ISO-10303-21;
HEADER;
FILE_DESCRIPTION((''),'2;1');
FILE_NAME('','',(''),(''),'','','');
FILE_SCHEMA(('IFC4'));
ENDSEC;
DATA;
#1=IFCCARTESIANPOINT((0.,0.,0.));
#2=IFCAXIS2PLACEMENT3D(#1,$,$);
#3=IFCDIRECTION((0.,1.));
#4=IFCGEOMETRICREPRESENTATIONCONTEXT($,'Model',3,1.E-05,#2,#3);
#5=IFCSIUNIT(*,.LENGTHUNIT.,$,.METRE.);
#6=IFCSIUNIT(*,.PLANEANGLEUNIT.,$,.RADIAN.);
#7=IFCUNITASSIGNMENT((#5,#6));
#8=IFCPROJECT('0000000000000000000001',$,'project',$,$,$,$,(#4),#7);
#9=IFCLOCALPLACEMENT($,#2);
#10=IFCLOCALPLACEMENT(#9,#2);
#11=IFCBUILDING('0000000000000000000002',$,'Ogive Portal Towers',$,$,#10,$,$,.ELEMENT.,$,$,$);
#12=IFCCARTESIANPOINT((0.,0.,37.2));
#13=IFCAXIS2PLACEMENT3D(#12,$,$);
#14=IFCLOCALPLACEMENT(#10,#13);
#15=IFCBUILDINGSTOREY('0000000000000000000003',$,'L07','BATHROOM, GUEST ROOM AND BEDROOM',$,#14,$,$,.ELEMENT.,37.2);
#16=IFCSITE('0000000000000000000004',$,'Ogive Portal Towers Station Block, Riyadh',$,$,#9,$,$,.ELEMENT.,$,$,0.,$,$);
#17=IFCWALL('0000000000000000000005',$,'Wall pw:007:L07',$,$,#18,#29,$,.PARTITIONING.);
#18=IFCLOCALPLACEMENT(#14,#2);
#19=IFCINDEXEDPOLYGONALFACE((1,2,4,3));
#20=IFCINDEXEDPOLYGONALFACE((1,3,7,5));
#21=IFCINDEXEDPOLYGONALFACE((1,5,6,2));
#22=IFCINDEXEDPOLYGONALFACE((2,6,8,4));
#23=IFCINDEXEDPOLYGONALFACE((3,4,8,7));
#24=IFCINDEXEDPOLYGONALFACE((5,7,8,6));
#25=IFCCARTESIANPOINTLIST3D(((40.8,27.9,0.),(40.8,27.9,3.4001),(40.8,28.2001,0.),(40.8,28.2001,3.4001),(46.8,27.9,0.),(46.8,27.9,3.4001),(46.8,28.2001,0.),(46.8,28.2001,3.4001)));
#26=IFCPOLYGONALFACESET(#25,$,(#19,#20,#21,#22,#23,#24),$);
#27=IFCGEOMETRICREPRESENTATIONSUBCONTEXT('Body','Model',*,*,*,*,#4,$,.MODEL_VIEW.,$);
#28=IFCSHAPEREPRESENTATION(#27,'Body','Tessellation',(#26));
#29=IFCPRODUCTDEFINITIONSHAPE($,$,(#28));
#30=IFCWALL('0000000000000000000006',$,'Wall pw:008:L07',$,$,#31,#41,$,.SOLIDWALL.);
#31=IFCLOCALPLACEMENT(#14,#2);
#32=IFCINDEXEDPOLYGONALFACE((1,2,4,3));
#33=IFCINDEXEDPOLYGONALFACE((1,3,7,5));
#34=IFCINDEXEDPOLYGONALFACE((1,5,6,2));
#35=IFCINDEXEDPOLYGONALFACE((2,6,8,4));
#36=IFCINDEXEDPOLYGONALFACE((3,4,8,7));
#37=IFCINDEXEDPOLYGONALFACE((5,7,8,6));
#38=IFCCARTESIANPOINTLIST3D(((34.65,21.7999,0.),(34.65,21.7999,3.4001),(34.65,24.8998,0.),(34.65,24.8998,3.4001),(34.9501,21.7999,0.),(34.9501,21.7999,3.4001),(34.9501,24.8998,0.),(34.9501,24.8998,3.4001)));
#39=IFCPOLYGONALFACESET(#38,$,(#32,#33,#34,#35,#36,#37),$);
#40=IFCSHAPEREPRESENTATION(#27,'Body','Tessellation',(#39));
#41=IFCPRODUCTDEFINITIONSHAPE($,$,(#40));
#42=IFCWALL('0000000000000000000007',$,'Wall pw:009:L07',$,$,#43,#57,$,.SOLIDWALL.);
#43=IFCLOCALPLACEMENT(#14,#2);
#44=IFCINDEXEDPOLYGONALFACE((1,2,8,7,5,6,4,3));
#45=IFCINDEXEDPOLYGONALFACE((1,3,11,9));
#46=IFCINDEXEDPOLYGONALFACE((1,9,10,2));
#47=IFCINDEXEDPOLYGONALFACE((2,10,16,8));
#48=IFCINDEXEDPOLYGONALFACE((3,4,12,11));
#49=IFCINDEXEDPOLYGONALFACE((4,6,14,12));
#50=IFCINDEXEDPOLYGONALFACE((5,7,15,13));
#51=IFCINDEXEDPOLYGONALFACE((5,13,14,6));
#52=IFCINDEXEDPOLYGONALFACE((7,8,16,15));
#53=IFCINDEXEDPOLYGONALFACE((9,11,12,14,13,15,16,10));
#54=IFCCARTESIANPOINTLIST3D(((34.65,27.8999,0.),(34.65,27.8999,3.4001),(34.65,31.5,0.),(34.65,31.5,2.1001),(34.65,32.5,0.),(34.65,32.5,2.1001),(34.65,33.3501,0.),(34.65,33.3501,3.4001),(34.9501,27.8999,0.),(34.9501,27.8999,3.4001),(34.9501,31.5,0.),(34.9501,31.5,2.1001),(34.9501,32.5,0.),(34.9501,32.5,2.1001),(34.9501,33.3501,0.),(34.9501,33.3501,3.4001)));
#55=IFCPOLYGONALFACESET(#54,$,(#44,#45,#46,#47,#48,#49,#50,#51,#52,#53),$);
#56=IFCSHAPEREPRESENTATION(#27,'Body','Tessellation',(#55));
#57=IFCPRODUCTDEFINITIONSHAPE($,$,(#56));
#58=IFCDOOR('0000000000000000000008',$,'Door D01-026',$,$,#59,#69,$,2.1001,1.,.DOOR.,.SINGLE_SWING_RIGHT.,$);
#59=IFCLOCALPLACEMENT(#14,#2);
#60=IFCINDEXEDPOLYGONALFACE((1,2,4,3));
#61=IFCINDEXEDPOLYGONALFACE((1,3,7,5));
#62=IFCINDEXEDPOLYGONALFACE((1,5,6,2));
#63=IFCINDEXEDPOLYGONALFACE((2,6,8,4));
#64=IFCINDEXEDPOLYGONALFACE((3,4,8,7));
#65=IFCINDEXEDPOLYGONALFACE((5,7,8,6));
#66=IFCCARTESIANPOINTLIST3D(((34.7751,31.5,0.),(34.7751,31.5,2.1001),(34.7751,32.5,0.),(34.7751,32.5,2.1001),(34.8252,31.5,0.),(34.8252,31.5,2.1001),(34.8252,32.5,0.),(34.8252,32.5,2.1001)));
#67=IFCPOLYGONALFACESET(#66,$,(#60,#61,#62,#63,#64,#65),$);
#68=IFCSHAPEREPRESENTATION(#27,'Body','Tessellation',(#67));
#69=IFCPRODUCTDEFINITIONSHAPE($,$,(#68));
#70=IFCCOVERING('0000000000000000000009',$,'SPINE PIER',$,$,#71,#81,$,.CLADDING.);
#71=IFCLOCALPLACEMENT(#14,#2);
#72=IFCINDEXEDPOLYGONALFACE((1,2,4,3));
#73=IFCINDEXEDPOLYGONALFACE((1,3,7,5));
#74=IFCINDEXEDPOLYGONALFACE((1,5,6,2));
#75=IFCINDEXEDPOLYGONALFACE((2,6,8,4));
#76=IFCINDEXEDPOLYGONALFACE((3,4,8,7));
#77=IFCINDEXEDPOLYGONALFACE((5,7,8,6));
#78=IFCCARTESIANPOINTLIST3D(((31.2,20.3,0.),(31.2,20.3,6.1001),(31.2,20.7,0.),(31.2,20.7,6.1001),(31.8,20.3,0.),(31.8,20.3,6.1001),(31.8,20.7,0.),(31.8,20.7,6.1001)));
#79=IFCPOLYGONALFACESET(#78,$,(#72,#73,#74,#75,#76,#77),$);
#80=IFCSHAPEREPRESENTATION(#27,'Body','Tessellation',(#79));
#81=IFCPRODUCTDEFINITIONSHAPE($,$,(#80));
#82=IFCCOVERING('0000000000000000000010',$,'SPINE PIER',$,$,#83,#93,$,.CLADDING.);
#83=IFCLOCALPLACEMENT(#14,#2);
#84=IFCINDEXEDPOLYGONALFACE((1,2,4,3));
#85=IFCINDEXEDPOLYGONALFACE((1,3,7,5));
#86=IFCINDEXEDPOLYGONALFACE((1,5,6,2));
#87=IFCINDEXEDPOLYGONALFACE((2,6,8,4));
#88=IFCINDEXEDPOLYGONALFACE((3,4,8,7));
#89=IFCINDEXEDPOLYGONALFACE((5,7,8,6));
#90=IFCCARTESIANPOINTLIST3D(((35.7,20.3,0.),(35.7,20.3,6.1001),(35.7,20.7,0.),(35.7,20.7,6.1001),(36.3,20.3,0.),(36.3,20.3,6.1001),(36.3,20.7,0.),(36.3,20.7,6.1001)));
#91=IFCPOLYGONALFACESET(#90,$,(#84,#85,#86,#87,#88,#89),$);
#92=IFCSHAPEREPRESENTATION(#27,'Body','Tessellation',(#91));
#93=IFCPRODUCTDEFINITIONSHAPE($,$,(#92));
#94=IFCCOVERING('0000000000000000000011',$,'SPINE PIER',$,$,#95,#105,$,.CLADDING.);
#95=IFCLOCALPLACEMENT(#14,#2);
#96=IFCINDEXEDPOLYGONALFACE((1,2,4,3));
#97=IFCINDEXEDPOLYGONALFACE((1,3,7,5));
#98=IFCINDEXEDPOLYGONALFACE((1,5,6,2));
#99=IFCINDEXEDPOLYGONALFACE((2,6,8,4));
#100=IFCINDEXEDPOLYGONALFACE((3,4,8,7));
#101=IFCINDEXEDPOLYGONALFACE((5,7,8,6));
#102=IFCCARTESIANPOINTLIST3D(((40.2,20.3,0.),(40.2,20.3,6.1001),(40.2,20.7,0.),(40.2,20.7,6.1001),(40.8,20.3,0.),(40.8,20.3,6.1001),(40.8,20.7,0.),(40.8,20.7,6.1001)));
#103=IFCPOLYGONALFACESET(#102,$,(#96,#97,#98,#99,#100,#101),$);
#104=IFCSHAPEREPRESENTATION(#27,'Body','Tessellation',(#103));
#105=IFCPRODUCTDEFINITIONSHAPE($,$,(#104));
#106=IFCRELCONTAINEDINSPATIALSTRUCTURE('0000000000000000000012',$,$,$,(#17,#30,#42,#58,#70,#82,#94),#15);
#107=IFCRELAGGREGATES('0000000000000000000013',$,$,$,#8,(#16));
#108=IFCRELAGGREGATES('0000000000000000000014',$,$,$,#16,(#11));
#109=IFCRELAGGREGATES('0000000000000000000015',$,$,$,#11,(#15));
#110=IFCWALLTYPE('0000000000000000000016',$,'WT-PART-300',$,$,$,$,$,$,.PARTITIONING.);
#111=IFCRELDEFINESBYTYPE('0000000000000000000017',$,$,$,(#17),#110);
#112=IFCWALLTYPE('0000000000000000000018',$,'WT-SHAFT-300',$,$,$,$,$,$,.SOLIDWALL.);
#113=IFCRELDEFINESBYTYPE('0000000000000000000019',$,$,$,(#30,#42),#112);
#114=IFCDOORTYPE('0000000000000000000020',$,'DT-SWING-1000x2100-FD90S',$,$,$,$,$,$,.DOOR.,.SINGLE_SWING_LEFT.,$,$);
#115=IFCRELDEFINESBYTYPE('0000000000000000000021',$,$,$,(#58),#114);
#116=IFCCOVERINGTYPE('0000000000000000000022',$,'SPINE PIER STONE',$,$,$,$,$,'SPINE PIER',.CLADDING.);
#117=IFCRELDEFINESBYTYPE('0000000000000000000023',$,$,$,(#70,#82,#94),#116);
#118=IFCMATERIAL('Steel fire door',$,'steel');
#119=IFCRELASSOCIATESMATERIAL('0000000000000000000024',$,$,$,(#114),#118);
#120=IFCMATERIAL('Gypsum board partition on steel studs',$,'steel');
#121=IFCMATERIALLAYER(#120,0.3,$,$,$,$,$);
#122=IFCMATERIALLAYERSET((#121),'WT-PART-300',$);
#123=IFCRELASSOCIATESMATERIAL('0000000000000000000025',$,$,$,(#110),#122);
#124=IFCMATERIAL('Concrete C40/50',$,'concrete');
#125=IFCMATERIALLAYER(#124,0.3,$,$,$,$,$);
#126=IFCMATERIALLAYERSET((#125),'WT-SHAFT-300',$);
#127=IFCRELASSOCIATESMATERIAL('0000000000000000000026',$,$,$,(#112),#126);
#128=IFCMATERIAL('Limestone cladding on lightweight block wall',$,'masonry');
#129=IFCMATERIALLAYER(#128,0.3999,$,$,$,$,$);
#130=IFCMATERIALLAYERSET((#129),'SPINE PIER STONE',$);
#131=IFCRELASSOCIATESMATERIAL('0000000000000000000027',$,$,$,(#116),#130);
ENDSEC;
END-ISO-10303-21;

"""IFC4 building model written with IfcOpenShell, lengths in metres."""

from ifc_helpers import new_model, si_unit, direction, frame, frame_2d, origin, origin_2d, place, context, subcontext, project, spatial, rectangle, extrude, material, layer, layer_set, type_object, element, fill, save


model = new_model("IFC4")

# Units and contexts
model_context = context("Model", 3, precision=1e-05, world=origin(), true_north=direction((0.0, 1.0)))
body_context = subcontext(model_context, "Body", "Model", "MODEL_VIEW")
ifc_project = project(units=[si_unit("LENGTHUNIT", "METRE"), si_unit("PLANEANGLEUNIT", "RADIAN")], contexts=[model_context])

# Site, building, storey
site_placement = place(None, origin())
site = spatial("IfcSite", under=ifc_project, at=site_placement, Name="Ogive Portal Towers Station Block, Riyadh", CompositionType="ELEMENT", RefElevation=0.0)
building_placement = place(site_placement, origin())
building = spatial("IfcBuilding", under=site, at=building_placement, Name="Ogive Portal Towers", CompositionType="ELEMENT")
storey_placement = place(building_placement, frame((0.0, 0.0, 37.2)))
storey = spatial("IfcBuildingStorey", under=building, at=storey_placement, Name="L07", Description="BATHROOM, GUEST ROOM AND BEDROOM", CompositionType="ELEMENT", Elevation=37.2)

# Shared definitions
ifc_material_1 = material(Name="Steel fire door", Category="steel")
door_type_1 = type_object("IfcDoorType", Name="DT-SWING-1000x2100-FD90S", OperationType="SINGLE_SWING_LEFT", PredefinedType="DOOR", material=ifc_material_1)

# Shared definitions
ifc_material_2 = material(Name="Limestone cladding on lightweight block wall", Category="masonry")

# Shared definitions
ifc_material_3 = material(Name="Gypsum board partition on steel studs", Category="steel")
ifc_layer_1 = layer(ifc_material_3, 0.3)
ifc_layer_set_1 = layer_set([ifc_layer_1], Name="WT-PART-300")
wall_type_1 = type_object("IfcWallType", Name="WT-PART-300", PredefinedType="PARTITIONING", material=ifc_layer_set_1)

# Wall
wall_1_placement = place(storey_placement, frame((40.8, 28.05, 0.0), z_axis=(0.0, 0.0, 1.0), x_axis=(1.0, 0.0, 0.0)))
element("IfcWall", 1, at=wall_1_placement, inside=storey, type_object=wall_type_1, Name="Wall pw:007:L07", PredefinedType="PARTITIONING", context=body_context, shape_type="SweptSolid", body=[
    extrude(rectangle(XDim=6.0, YDim=0.3, at=frame_2d((3.0, 0.0))), origin(), (0.0, 0.0, 1.0), 3.4001),
])

# Shared definitions
ifc_material_4 = material(Name="Concrete C40/50", Category="concrete")
ifc_layer_2 = layer(ifc_material_4, 0.3)
ifc_layer_set_2 = layer_set([ifc_layer_2], Name="WT-SHAFT-300")
wall_type_2 = type_object("IfcWallType", Name="WT-SHAFT-300", PredefinedType="SOLIDWALL", material=ifc_layer_set_2)

# Wall
wall_2_placement = place(storey_placement, frame((34.8, 21.8, 0.0), z_axis=(0.0, 0.0, 1.0), x_axis=(0.0, 1.0, 0.0)))
element("IfcWall", 2, at=wall_2_placement, inside=storey, type_object=wall_type_2, Name="Wall pw:008:L07", PredefinedType="SOLIDWALL", context=body_context, shape_type="SweptSolid", body=[
    extrude(rectangle(XDim=3.0999, YDim=0.3, at=frame_2d((1.5498, 0.0))), origin(), (0.0, 0.0, 1.0), 3.4001),
])

# Wall, opening, door
wall_3_placement = place(storey_placement, frame((34.8, 27.8999, 0.0), z_axis=(0.0, 0.0, 1.0), x_axis=(0.0, 1.0, 0.0)))
wall_3 = element("IfcWall", 3, at=wall_3_placement, inside=storey, type_object=wall_type_2, Name="Wall pw:009:L07", PredefinedType="SOLIDWALL", context=body_context, shape_type="SweptSolid", body=[
    extrude(rectangle(XDim=5.4502, YDim=0.3, at=frame_2d((2.7251, 0.0))), origin(), (0.0, 0.0, 1.0), 3.4001),
])
opening_1_placement = place(wall_3_placement, frame((3.6001, 0.0, 0.0)))
opening_1 = element("IfcOpeningElement", 4, at=opening_1_placement, cuts=wall_3, PredefinedType="OPENING", context=body_context, shape_type="SweptSolid", body=[
    extrude(rectangle(XDim=1.0, YDim=2.1001, at=frame_2d((0.5, 1.05))), frame((0.0, 0.1602, 0.0), z_axis=(0.0, -1.0, 0.0), x_axis=(1.0, 0.0, 0.0)), (0.0, 0.0, 1.0), 0.3201),
])
door_1_placement = place(opening_1_placement, origin())
door_1 = element("IfcDoor", 5, at=door_1_placement, inside=storey, type_object=door_type_1, Name="Door D01-026", OperationType="SINGLE_SWING_RIGHT", OverallHeight=2.1001, OverallWidth=1.0, PredefinedType="DOOR", context=body_context, shape_type="SweptSolid", body=[
    extrude(rectangle(XDim=1.0, YDim=2.1001, at=frame_2d((0.5, 1.05))), frame((0.0, 0.0249, 0.0), z_axis=(0.0, -1.0, 0.0), x_axis=(1.0, 0.0, 0.0)), (0.0, 0.0, 1.0), 0.05),
])
fill(opening_1, door_1)

# Coverings
ifc_layer_3 = layer(ifc_material_2, 0.3999)
ifc_layer_set_3 = layer_set([ifc_layer_3], Name="SPINE PIER STONE")
covering_type = type_object("IfcCoveringType", Name="SPINE PIER STONE", ElementType="SPINE PIER", PredefinedType="CLADDING", material=ifc_layer_set_3)
for number, where, z_axis, x_axis, name in (
    (6, (31.5, 20.5, 0.0), (0.0, 0.0, 1.0), (1.0, 0.0, 0.0), "SPINE PIER"),
    (7, (36.0, 20.5, 0.0), (0.0, 0.0, 1.0), (1.0, 0.0, 0.0), "SPINE PIER"),
    (8, (40.5, 20.5, 0.0), (0.0, 0.0, 1.0), (1.0, 0.0, 0.0), "SPINE PIER"),
):
    element("IfcCovering", number, at=place(storey_placement, frame(where, z_axis=z_axis, x_axis=x_axis)), inside=storey, type_object=covering_type, Name=name, PredefinedType="CLADDING", context=body_context, shape_type="SweptSolid", body=[
        extrude(rectangle(XDim=0.6001, YDim=0.3999, at=origin_2d()), origin(), (0.0, 0.0, 1.0), 6.1001),
    ])

save(model, "model.ifc")
